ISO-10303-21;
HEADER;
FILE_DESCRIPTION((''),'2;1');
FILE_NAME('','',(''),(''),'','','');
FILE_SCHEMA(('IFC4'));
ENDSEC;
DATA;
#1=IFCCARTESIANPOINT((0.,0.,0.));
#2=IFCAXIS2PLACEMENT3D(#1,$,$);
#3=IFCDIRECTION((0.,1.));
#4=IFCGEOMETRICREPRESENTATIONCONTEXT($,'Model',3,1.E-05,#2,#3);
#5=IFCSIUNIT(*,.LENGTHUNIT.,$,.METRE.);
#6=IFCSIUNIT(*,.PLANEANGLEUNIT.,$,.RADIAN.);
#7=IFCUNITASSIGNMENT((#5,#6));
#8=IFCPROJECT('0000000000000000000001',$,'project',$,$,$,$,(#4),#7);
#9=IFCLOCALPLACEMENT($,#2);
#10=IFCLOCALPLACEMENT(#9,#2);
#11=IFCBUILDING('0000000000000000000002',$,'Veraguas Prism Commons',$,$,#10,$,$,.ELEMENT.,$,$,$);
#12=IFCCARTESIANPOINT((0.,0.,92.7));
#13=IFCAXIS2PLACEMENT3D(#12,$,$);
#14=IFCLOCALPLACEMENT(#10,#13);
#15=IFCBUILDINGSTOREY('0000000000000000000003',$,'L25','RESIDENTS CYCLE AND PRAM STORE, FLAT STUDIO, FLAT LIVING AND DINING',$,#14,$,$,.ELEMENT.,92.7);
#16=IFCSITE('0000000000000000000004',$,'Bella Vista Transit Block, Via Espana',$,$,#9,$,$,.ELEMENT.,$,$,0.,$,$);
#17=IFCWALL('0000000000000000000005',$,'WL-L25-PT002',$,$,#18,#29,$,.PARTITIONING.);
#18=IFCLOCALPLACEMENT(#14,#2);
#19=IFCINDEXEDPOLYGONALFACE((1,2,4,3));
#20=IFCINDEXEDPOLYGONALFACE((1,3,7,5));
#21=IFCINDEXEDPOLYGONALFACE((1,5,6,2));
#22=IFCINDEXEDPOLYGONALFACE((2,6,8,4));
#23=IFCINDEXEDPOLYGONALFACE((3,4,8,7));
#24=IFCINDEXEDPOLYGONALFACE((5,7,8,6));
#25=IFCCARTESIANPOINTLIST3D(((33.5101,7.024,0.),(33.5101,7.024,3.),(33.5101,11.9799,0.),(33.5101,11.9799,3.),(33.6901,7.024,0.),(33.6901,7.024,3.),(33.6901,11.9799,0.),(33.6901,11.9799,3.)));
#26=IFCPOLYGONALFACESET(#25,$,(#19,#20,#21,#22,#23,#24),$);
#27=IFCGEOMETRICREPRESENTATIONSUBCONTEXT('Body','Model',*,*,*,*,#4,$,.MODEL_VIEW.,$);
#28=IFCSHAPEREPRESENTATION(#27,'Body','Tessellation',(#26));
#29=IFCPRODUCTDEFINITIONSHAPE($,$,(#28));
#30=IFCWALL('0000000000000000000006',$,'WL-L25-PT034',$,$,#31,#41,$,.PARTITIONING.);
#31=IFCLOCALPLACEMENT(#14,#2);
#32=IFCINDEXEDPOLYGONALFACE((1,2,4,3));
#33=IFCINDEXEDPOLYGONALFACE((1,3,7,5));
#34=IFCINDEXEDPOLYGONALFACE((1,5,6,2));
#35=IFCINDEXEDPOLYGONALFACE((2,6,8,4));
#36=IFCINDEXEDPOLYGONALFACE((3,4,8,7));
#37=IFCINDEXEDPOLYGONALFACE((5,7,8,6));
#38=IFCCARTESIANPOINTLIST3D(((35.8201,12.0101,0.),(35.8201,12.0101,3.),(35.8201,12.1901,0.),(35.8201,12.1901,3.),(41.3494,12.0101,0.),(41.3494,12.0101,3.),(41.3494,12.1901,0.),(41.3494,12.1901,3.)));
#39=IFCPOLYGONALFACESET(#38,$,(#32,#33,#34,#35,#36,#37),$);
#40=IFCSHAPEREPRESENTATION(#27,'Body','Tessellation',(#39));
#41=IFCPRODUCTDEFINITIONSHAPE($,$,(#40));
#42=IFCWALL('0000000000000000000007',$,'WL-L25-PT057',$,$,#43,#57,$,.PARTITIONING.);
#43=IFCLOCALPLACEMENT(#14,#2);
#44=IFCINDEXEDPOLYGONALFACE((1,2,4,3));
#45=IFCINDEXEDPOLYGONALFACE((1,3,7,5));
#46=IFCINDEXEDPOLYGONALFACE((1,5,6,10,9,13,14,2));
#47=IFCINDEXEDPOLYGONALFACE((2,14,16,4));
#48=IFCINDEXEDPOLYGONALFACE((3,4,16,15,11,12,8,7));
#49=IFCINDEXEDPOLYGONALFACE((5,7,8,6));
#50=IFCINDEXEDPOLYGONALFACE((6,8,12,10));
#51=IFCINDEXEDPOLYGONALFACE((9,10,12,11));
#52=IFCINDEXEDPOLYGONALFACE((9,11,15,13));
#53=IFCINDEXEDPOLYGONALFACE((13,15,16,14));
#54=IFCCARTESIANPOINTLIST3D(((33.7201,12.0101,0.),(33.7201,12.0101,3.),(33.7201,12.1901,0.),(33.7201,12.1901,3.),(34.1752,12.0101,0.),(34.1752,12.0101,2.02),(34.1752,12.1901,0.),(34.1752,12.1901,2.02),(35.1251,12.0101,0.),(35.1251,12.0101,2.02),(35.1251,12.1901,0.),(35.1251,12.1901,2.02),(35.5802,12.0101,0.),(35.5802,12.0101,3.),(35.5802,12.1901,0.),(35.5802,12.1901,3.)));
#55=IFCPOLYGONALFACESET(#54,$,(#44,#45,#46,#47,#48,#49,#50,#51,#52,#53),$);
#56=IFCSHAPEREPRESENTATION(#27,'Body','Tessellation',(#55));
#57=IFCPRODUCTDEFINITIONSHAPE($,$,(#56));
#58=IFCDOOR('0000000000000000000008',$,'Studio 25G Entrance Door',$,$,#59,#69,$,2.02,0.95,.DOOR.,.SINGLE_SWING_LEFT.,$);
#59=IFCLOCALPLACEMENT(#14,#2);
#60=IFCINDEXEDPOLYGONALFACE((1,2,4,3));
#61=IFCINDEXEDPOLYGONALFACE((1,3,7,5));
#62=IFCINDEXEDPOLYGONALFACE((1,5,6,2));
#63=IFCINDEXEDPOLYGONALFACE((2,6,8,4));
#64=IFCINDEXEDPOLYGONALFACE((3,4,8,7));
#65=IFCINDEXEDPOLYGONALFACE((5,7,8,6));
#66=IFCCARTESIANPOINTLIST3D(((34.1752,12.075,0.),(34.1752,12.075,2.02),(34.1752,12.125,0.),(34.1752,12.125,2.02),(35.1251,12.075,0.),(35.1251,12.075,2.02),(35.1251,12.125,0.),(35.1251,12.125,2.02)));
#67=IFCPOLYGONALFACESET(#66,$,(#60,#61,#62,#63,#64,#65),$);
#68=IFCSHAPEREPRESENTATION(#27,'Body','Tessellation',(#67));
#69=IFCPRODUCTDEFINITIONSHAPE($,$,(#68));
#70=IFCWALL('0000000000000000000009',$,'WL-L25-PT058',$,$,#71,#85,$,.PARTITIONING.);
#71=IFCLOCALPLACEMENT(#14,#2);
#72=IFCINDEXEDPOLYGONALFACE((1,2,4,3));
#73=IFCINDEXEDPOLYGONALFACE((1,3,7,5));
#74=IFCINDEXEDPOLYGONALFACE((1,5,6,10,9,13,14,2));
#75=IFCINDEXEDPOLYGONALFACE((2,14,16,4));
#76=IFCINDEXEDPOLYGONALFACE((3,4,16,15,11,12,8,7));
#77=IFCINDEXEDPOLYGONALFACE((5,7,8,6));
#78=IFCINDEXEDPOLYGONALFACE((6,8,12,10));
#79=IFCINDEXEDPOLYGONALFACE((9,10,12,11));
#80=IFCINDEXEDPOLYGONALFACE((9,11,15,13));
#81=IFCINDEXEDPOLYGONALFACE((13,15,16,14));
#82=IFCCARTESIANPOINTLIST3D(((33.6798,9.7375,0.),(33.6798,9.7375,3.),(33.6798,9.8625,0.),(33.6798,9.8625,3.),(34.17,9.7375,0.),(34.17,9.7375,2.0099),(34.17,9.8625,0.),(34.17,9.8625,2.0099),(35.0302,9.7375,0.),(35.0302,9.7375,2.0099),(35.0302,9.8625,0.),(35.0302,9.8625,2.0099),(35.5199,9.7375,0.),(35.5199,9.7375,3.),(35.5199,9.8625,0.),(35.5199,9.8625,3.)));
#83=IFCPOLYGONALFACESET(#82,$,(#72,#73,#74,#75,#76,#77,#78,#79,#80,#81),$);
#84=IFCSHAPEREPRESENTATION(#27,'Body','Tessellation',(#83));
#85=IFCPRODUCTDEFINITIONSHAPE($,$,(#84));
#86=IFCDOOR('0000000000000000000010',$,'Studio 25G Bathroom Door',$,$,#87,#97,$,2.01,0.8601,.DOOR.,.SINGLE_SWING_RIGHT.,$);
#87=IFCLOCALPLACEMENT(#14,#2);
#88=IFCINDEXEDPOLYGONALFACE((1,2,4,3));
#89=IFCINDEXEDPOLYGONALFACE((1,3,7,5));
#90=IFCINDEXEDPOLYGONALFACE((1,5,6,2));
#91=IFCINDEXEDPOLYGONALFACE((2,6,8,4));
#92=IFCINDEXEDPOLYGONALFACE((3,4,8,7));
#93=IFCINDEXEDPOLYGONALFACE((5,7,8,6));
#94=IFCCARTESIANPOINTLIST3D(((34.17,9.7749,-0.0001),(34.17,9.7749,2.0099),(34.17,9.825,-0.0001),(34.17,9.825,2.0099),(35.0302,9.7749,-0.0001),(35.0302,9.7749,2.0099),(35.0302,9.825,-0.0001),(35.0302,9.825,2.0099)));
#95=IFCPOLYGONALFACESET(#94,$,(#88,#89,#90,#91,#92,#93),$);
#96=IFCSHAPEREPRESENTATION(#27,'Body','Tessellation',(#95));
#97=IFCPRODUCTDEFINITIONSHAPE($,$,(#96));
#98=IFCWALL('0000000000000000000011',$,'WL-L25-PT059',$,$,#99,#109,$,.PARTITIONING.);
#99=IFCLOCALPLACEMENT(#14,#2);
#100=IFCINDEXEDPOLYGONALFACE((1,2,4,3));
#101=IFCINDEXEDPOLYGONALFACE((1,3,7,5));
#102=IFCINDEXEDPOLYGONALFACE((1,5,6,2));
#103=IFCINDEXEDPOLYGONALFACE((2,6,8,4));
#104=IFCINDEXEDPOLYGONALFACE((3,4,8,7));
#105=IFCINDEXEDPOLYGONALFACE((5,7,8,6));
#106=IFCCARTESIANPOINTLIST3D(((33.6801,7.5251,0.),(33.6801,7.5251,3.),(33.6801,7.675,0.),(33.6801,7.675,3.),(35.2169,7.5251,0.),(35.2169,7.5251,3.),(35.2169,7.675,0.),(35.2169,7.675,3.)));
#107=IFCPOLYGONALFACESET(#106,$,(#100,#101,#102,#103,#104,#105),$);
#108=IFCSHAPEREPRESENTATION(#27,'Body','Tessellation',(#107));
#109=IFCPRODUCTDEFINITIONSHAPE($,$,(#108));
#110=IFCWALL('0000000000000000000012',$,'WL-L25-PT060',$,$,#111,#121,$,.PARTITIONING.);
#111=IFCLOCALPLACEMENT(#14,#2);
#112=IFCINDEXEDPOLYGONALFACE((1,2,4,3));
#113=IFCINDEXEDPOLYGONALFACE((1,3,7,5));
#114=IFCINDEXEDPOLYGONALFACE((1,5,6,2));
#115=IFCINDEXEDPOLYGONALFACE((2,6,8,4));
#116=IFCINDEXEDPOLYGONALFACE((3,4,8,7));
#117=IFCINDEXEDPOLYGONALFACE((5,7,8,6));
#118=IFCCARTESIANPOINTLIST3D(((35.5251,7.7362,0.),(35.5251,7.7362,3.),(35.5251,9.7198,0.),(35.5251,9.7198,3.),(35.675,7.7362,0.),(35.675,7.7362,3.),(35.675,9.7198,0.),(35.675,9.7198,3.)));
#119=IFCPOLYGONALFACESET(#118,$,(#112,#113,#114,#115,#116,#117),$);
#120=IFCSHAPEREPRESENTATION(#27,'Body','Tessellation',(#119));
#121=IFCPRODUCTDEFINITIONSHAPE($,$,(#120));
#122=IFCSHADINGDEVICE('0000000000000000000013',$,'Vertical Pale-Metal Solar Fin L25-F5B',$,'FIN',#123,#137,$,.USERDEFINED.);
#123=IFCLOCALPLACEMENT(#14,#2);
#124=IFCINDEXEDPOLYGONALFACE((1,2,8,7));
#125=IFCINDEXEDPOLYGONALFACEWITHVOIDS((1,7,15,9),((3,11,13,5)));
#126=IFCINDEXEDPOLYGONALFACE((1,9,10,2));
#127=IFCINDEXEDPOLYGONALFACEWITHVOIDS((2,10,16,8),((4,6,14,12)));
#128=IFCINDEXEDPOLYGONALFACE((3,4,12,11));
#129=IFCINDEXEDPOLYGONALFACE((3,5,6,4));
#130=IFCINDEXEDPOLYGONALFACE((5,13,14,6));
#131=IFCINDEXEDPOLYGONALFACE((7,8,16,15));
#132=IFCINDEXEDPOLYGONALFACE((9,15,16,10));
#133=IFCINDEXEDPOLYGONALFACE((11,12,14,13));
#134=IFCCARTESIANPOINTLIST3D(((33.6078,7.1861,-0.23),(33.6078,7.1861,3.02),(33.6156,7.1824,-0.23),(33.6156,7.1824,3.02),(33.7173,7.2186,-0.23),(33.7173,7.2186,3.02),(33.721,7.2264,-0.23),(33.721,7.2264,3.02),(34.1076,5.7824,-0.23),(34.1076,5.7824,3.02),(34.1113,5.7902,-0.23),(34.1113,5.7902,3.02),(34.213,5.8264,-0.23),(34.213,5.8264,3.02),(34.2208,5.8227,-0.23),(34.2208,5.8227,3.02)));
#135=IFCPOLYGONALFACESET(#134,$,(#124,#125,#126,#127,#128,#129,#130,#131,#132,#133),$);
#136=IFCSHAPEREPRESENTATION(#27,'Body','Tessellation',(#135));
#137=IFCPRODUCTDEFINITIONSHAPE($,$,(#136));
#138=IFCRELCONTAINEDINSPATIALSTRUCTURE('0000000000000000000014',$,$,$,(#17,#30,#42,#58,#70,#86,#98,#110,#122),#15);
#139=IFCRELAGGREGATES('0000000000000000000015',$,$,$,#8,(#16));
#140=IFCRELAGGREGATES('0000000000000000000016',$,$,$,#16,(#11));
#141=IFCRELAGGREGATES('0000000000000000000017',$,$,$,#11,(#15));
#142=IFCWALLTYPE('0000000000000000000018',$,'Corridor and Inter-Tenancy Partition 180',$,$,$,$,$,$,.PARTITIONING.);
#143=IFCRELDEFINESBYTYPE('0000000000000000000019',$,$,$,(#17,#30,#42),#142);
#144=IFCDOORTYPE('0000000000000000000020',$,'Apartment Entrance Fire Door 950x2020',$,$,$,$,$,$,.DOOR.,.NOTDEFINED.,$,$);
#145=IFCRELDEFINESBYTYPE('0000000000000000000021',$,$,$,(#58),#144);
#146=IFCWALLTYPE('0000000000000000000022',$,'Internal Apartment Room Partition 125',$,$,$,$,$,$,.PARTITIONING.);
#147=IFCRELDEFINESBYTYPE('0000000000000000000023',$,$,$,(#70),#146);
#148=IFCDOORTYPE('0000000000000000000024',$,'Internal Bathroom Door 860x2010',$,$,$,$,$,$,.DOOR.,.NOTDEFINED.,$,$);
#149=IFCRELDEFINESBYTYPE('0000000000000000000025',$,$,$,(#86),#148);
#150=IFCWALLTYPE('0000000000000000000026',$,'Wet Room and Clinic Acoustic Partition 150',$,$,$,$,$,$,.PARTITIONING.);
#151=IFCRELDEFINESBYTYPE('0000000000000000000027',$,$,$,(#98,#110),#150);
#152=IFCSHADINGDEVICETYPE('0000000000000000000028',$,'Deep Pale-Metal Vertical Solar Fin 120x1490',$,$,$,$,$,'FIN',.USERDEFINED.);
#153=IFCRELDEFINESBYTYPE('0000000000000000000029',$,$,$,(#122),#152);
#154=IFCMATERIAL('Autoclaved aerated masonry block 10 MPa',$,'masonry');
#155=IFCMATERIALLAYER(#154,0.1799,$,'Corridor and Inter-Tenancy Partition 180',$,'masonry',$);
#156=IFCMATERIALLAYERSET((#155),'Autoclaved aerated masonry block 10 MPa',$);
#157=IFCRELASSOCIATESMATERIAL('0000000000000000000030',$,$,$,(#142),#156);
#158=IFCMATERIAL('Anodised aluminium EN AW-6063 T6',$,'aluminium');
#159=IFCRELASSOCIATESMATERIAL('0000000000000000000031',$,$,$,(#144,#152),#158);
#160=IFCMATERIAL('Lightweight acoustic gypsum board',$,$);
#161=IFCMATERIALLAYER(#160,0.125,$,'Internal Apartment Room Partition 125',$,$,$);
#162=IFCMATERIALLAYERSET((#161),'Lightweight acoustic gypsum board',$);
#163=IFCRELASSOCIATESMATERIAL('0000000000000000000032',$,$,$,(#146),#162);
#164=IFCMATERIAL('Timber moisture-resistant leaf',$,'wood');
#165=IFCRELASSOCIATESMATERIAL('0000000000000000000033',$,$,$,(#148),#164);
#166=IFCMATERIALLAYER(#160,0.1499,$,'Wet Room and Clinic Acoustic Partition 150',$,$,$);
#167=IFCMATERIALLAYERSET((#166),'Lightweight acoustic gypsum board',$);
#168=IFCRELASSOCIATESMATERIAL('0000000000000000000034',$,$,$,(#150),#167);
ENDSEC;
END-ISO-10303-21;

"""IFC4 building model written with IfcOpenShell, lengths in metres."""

from ifc_helpers import new_model, si_unit, direction, frame, frame_2d, origin, origin_2d, place, context, subcontext, project, spatial, rectangle, hollow_rectangle, extrude, source, transform, mapped, material, layer, layer_set, material_profile, profile_set, type_object, element, fill, save


model = new_model("IFC4")

# Units and contexts
model_context = context("Model", 3, precision=1e-05, world=origin(), true_north=direction((0.0, 1.0)))
body_context = subcontext(model_context, "Body", "Model", "MODEL_VIEW")
ifc_project = project(units=[si_unit("LENGTHUNIT", "METRE"), si_unit("PLANEANGLEUNIT", "RADIAN")], contexts=[model_context])

# Site, building, storey
site_placement = place(None, origin())
site = spatial("IfcSite", under=ifc_project, at=site_placement, Name="Bella Vista Transit Block, Via Espana", CompositionType="ELEMENT", RefElevation=0.0)
building_placement = place(site_placement, origin())
building = spatial("IfcBuilding", under=site, at=building_placement, Name="Veraguas Prism Commons", CompositionType="ELEMENT")
storey_placement = place(building_placement, frame((0.0, 0.0, 92.7)))
storey = spatial("IfcBuildingStorey", under=building, at=storey_placement, Name="L25", Description="RESIDENTS CYCLE AND PRAM STORE, FLAT STUDIO, FLAT LIVING AND DINING", CompositionType="ELEMENT", Elevation=92.7)

# Shared definitions
ifc_material_1 = material(Name="Anodised aluminium EN AW-6063 T6", Category="aluminium")

# Walls
ifc_material_2 = material(Name="Autoclaved aerated masonry block 10 MPa", Category="masonry")
ifc_layer_1 = layer(ifc_material_2, 0.1799, Name="Corridor and Inter-Tenancy Partition 180", Category="masonry")
ifc_layer_set_1 = layer_set([ifc_layer_1], Name="Autoclaved aerated masonry block 10 MPa")
wall_type_1 = type_object("IfcWallType", Name="Corridor and Inter-Tenancy Partition 180", PredefinedType="PARTITIONING", material=ifc_layer_set_1)
wall_1_placement = place(storey_placement, frame((33.6001, 11.98, 0.0), z_axis=(0.0, 0.0, 1.0), x_axis=(0.0, -1.0, 0.0)))
element("IfcWall", 1, at=wall_1_placement, inside=storey, type_object=wall_type_1, Name="WL-L25-PT002", PredefinedType="PARTITIONING", context=body_context, shape_type="SweptSolid", body=[
    extrude(rectangle(XDim=4.9558, YDim=0.1799, at=frame_2d((2.478, 0.0))), origin(), (0.0, 0.0, 1.0), 3.0),
])
wall_2_placement = place(storey_placement, frame((35.8201, 12.1001, 0.0), z_axis=(0.0, 0.0, 1.0), x_axis=(1.0, 0.0, 0.0)))
element("IfcWall", 2, at=wall_2_placement, inside=storey, type_object=wall_type_1, Name="WL-L25-PT034", PredefinedType="PARTITIONING", context=body_context, shape_type="SweptSolid", body=[
    extrude(rectangle(XDim=5.5293, YDim=0.1799, at=frame_2d((2.7646, 0.0))), origin(), (0.0, 0.0, 1.0), 3.0),
])

# Walls, openings, doors
wall_3_placement = place(storey_placement, frame((33.72, 12.1001, 0.0), z_axis=(0.0, 0.0, 1.0), x_axis=(1.0, 0.0, 0.0)))
wall_3 = element("IfcWall", 3, at=wall_3_placement, inside=storey, type_object=wall_type_1, Name="WL-L25-PT057", PredefinedType="PARTITIONING", context=body_context, shape_type="SweptSolid", body=[
    extrude(rectangle(XDim=1.8601, YDim=0.1799, at=frame_2d((0.9302, 0.0))), origin(), (0.0, 0.0, 1.0), 3.0),
])
opening_1_placement = place(wall_3_placement, frame((0.4551, 0.0, 0.0)))
opening_1 = element("IfcOpeningElement", 4, at=opening_1_placement, cuts=wall_3, PredefinedType="OPENING", context=body_context, shape_type="SweptSolid", body=[
    extrude(rectangle(XDim=0.95, YDim=2.02, at=frame_2d((0.4751, 1.01))), frame((0.0, 0.0999, 0.0), z_axis=(0.0, -1.0, 0.0), x_axis=(1.0, 0.0, 0.0)), (0.0, 0.0, 1.0), 0.2),
])
door_type_1 = type_object("IfcDoorType", Name="Apartment Entrance Fire Door 950x2020", OperationType="NOTDEFINED", PredefinedType="DOOR", material=ifc_material_1)
shared_shape_1 = source(origin(), body_context, "Body", "SweptSolid", [
    extrude(rectangle(XDim=0.95, YDim=2.02, at=frame_2d((0.4751, 1.01))), frame((0.0, 0.0249, 0.0), z_axis=(0.0, -1.0, 0.0), x_axis=(1.0, 0.0, 0.0)), (0.0, 0.0, 1.0), 0.05),
])
door_1_placement = place(opening_1_placement, origin())
door_1 = element("IfcDoor", 5, at=door_1_placement, inside=storey, type_object=door_type_1, Name="Studio 25G Entrance Door", OperationType="SINGLE_SWING_LEFT", OverallHeight=2.02, OverallWidth=0.95, PredefinedType="DOOR", context=body_context, shape_type="MappedRepresentation", body=[
    mapped(shared_shape_1, transform((0.0, 0.0, 0.0), scale=1.0)),
])
fill(opening_1, door_1)
ifc_material_3 = material(Name="Lightweight acoustic gypsum board")
ifc_layer_2 = layer(ifc_material_3, 0.125, Name="Internal Apartment Room Partition 125")
ifc_layer_set_2 = layer_set([ifc_layer_2], Name="Lightweight acoustic gypsum board")
wall_type_2 = type_object("IfcWallType", Name="Internal Apartment Room Partition 125", PredefinedType="PARTITIONING", material=ifc_layer_set_2)
wall_4_placement = place(storey_placement, frame((33.6799, 9.8, 0.0), z_axis=(0.0, 0.0, 1.0), x_axis=(1.0, 0.0, 0.0)))
wall_4 = element("IfcWall", 6, at=wall_4_placement, inside=storey, type_object=wall_type_2, Name="WL-L25-PT058", PredefinedType="PARTITIONING", context=body_context, shape_type="SweptSolid", body=[
    extrude(rectangle(XDim=1.8401, YDim=0.125, at=frame_2d((0.9199, 0.0))), origin(), (0.0, 0.0, 1.0), 3.0),
])
opening_2_placement = place(wall_4_placement, frame((0.49, 0.0, 0.0)))
opening_2 = element("IfcOpeningElement", 7, at=opening_2_placement, cuts=wall_4, PredefinedType="OPENING", context=body_context, shape_type="SweptSolid", body=[
    extrude(rectangle(XDim=0.8601, YDim=2.01, at=frame_2d((0.4302, 1.0049))), frame((0.0, 0.0725, 0.0), z_axis=(0.0, -1.0, 0.0), x_axis=(1.0, 0.0, 0.0)), (0.0, 0.0, 1.0), 0.145),
])
ifc_material_4 = material(Name="Timber moisture-resistant leaf", Category="wood")
door_type_2 = type_object("IfcDoorType", Name="Internal Bathroom Door 860x2010", OperationType="NOTDEFINED", PredefinedType="DOOR", material=ifc_material_4)
shared_shape_2 = source(origin(), body_context, "Body", "SweptSolid", [
    extrude(rectangle(XDim=0.8601, YDim=2.01, at=frame_2d((0.4302, 1.0049))), frame((0.0, 0.0249, 0.0), z_axis=(0.0, -1.0, 0.0), x_axis=(1.0, 0.0, 0.0)), (0.0, 0.0, 1.0), 0.05),
])
door_2_placement = place(opening_2_placement, origin())
door_2 = element("IfcDoor", 8, at=door_2_placement, inside=storey, type_object=door_type_2, Name="Studio 25G Bathroom Door", OperationType="SINGLE_SWING_RIGHT", OverallHeight=2.01, OverallWidth=0.8601, PredefinedType="DOOR", context=body_context, shape_type="MappedRepresentation", body=[
    mapped(shared_shape_2, transform((0.0, 0.0, 0.0), scale=1.0)),
])
fill(opening_2, door_2)

# Walls
ifc_layer_3 = layer(ifc_material_3, 0.1499, Name="Wet Room and Clinic Acoustic Partition 150")
ifc_layer_set_3 = layer_set([ifc_layer_3], Name="Lightweight acoustic gypsum board")
wall_type_3 = type_object("IfcWallType", Name="Wet Room and Clinic Acoustic Partition 150", PredefinedType="PARTITIONING", material=ifc_layer_set_3)
wall_5_placement = place(storey_placement, frame((33.6799, 7.6001, 0.0), z_axis=(0.0, 0.0, 1.0), x_axis=(1.0, 0.0, 0.0)))
element("IfcWall", 9, at=wall_5_placement, inside=storey, type_object=wall_type_3, Name="WL-L25-PT059", PredefinedType="PARTITIONING", context=body_context, shape_type="SweptSolid", body=[
    extrude(rectangle(XDim=1.5369, YDim=0.1499, at=frame_2d((0.7686, 0.0))), origin(), (0.0, 0.0, 1.0), 3.0),
])
wall_6_placement = place(storey_placement, frame((35.6001, 7.7363, 0.0), z_axis=(0.0, 0.0, 1.0), x_axis=(0.0, 1.0, 0.0)))
element("IfcWall", 10, at=wall_6_placement, inside=storey, type_object=wall_type_3, Name="WL-L25-PT060", PredefinedType="PARTITIONING", context=body_context, shape_type="SweptSolid", body=[
    extrude(rectangle(XDim=1.9836, YDim=0.1499, at=frame_2d((0.9917, 0.0))), origin(), (0.0, 0.0, 1.0), 3.0),
])

# Shading device
ifc_material_profile_1 = material_profile(ifc_material_1, hollow_rectangle(XDim=0.1201, YDim=1.49, WallThickness=0.0061, at=origin_2d()), Name="FIN120X1490X6")
ifc_profile_set_1 = profile_set([ifc_material_profile_1], Name="Anodised aluminium EN AW-6063 T6")
shading_device_type = type_object("IfcShadingDeviceType", Name="Deep Pale-Metal Vertical Solar Fin 120x1490", ElementType="FIN", PredefinedType="USERDEFINED", material=ifc_profile_set_1)
shading_device_placement = place(storey_placement, frame((33.9143, 6.5044, -0.23), z_axis=(0.0, 0.0, 1.0), x_axis=(0.942056, 0.335455, 0.0)))
element("IfcShadingDevice", 11, at=shading_device_placement, inside=storey, type_object=shading_device_type, Name="Vertical Pale-Metal Solar Fin L25-F5B", ObjectType="FIN", PredefinedType="USERDEFINED", context=body_context, shape_type="SweptSolid", body=[
    extrude(hollow_rectangle(XDim=0.1201, YDim=1.49, WallThickness=0.0061, at=origin_2d()), origin(), (0.0, 0.0, 1.0), 3.25),
])

save(model, "model.ifc")
